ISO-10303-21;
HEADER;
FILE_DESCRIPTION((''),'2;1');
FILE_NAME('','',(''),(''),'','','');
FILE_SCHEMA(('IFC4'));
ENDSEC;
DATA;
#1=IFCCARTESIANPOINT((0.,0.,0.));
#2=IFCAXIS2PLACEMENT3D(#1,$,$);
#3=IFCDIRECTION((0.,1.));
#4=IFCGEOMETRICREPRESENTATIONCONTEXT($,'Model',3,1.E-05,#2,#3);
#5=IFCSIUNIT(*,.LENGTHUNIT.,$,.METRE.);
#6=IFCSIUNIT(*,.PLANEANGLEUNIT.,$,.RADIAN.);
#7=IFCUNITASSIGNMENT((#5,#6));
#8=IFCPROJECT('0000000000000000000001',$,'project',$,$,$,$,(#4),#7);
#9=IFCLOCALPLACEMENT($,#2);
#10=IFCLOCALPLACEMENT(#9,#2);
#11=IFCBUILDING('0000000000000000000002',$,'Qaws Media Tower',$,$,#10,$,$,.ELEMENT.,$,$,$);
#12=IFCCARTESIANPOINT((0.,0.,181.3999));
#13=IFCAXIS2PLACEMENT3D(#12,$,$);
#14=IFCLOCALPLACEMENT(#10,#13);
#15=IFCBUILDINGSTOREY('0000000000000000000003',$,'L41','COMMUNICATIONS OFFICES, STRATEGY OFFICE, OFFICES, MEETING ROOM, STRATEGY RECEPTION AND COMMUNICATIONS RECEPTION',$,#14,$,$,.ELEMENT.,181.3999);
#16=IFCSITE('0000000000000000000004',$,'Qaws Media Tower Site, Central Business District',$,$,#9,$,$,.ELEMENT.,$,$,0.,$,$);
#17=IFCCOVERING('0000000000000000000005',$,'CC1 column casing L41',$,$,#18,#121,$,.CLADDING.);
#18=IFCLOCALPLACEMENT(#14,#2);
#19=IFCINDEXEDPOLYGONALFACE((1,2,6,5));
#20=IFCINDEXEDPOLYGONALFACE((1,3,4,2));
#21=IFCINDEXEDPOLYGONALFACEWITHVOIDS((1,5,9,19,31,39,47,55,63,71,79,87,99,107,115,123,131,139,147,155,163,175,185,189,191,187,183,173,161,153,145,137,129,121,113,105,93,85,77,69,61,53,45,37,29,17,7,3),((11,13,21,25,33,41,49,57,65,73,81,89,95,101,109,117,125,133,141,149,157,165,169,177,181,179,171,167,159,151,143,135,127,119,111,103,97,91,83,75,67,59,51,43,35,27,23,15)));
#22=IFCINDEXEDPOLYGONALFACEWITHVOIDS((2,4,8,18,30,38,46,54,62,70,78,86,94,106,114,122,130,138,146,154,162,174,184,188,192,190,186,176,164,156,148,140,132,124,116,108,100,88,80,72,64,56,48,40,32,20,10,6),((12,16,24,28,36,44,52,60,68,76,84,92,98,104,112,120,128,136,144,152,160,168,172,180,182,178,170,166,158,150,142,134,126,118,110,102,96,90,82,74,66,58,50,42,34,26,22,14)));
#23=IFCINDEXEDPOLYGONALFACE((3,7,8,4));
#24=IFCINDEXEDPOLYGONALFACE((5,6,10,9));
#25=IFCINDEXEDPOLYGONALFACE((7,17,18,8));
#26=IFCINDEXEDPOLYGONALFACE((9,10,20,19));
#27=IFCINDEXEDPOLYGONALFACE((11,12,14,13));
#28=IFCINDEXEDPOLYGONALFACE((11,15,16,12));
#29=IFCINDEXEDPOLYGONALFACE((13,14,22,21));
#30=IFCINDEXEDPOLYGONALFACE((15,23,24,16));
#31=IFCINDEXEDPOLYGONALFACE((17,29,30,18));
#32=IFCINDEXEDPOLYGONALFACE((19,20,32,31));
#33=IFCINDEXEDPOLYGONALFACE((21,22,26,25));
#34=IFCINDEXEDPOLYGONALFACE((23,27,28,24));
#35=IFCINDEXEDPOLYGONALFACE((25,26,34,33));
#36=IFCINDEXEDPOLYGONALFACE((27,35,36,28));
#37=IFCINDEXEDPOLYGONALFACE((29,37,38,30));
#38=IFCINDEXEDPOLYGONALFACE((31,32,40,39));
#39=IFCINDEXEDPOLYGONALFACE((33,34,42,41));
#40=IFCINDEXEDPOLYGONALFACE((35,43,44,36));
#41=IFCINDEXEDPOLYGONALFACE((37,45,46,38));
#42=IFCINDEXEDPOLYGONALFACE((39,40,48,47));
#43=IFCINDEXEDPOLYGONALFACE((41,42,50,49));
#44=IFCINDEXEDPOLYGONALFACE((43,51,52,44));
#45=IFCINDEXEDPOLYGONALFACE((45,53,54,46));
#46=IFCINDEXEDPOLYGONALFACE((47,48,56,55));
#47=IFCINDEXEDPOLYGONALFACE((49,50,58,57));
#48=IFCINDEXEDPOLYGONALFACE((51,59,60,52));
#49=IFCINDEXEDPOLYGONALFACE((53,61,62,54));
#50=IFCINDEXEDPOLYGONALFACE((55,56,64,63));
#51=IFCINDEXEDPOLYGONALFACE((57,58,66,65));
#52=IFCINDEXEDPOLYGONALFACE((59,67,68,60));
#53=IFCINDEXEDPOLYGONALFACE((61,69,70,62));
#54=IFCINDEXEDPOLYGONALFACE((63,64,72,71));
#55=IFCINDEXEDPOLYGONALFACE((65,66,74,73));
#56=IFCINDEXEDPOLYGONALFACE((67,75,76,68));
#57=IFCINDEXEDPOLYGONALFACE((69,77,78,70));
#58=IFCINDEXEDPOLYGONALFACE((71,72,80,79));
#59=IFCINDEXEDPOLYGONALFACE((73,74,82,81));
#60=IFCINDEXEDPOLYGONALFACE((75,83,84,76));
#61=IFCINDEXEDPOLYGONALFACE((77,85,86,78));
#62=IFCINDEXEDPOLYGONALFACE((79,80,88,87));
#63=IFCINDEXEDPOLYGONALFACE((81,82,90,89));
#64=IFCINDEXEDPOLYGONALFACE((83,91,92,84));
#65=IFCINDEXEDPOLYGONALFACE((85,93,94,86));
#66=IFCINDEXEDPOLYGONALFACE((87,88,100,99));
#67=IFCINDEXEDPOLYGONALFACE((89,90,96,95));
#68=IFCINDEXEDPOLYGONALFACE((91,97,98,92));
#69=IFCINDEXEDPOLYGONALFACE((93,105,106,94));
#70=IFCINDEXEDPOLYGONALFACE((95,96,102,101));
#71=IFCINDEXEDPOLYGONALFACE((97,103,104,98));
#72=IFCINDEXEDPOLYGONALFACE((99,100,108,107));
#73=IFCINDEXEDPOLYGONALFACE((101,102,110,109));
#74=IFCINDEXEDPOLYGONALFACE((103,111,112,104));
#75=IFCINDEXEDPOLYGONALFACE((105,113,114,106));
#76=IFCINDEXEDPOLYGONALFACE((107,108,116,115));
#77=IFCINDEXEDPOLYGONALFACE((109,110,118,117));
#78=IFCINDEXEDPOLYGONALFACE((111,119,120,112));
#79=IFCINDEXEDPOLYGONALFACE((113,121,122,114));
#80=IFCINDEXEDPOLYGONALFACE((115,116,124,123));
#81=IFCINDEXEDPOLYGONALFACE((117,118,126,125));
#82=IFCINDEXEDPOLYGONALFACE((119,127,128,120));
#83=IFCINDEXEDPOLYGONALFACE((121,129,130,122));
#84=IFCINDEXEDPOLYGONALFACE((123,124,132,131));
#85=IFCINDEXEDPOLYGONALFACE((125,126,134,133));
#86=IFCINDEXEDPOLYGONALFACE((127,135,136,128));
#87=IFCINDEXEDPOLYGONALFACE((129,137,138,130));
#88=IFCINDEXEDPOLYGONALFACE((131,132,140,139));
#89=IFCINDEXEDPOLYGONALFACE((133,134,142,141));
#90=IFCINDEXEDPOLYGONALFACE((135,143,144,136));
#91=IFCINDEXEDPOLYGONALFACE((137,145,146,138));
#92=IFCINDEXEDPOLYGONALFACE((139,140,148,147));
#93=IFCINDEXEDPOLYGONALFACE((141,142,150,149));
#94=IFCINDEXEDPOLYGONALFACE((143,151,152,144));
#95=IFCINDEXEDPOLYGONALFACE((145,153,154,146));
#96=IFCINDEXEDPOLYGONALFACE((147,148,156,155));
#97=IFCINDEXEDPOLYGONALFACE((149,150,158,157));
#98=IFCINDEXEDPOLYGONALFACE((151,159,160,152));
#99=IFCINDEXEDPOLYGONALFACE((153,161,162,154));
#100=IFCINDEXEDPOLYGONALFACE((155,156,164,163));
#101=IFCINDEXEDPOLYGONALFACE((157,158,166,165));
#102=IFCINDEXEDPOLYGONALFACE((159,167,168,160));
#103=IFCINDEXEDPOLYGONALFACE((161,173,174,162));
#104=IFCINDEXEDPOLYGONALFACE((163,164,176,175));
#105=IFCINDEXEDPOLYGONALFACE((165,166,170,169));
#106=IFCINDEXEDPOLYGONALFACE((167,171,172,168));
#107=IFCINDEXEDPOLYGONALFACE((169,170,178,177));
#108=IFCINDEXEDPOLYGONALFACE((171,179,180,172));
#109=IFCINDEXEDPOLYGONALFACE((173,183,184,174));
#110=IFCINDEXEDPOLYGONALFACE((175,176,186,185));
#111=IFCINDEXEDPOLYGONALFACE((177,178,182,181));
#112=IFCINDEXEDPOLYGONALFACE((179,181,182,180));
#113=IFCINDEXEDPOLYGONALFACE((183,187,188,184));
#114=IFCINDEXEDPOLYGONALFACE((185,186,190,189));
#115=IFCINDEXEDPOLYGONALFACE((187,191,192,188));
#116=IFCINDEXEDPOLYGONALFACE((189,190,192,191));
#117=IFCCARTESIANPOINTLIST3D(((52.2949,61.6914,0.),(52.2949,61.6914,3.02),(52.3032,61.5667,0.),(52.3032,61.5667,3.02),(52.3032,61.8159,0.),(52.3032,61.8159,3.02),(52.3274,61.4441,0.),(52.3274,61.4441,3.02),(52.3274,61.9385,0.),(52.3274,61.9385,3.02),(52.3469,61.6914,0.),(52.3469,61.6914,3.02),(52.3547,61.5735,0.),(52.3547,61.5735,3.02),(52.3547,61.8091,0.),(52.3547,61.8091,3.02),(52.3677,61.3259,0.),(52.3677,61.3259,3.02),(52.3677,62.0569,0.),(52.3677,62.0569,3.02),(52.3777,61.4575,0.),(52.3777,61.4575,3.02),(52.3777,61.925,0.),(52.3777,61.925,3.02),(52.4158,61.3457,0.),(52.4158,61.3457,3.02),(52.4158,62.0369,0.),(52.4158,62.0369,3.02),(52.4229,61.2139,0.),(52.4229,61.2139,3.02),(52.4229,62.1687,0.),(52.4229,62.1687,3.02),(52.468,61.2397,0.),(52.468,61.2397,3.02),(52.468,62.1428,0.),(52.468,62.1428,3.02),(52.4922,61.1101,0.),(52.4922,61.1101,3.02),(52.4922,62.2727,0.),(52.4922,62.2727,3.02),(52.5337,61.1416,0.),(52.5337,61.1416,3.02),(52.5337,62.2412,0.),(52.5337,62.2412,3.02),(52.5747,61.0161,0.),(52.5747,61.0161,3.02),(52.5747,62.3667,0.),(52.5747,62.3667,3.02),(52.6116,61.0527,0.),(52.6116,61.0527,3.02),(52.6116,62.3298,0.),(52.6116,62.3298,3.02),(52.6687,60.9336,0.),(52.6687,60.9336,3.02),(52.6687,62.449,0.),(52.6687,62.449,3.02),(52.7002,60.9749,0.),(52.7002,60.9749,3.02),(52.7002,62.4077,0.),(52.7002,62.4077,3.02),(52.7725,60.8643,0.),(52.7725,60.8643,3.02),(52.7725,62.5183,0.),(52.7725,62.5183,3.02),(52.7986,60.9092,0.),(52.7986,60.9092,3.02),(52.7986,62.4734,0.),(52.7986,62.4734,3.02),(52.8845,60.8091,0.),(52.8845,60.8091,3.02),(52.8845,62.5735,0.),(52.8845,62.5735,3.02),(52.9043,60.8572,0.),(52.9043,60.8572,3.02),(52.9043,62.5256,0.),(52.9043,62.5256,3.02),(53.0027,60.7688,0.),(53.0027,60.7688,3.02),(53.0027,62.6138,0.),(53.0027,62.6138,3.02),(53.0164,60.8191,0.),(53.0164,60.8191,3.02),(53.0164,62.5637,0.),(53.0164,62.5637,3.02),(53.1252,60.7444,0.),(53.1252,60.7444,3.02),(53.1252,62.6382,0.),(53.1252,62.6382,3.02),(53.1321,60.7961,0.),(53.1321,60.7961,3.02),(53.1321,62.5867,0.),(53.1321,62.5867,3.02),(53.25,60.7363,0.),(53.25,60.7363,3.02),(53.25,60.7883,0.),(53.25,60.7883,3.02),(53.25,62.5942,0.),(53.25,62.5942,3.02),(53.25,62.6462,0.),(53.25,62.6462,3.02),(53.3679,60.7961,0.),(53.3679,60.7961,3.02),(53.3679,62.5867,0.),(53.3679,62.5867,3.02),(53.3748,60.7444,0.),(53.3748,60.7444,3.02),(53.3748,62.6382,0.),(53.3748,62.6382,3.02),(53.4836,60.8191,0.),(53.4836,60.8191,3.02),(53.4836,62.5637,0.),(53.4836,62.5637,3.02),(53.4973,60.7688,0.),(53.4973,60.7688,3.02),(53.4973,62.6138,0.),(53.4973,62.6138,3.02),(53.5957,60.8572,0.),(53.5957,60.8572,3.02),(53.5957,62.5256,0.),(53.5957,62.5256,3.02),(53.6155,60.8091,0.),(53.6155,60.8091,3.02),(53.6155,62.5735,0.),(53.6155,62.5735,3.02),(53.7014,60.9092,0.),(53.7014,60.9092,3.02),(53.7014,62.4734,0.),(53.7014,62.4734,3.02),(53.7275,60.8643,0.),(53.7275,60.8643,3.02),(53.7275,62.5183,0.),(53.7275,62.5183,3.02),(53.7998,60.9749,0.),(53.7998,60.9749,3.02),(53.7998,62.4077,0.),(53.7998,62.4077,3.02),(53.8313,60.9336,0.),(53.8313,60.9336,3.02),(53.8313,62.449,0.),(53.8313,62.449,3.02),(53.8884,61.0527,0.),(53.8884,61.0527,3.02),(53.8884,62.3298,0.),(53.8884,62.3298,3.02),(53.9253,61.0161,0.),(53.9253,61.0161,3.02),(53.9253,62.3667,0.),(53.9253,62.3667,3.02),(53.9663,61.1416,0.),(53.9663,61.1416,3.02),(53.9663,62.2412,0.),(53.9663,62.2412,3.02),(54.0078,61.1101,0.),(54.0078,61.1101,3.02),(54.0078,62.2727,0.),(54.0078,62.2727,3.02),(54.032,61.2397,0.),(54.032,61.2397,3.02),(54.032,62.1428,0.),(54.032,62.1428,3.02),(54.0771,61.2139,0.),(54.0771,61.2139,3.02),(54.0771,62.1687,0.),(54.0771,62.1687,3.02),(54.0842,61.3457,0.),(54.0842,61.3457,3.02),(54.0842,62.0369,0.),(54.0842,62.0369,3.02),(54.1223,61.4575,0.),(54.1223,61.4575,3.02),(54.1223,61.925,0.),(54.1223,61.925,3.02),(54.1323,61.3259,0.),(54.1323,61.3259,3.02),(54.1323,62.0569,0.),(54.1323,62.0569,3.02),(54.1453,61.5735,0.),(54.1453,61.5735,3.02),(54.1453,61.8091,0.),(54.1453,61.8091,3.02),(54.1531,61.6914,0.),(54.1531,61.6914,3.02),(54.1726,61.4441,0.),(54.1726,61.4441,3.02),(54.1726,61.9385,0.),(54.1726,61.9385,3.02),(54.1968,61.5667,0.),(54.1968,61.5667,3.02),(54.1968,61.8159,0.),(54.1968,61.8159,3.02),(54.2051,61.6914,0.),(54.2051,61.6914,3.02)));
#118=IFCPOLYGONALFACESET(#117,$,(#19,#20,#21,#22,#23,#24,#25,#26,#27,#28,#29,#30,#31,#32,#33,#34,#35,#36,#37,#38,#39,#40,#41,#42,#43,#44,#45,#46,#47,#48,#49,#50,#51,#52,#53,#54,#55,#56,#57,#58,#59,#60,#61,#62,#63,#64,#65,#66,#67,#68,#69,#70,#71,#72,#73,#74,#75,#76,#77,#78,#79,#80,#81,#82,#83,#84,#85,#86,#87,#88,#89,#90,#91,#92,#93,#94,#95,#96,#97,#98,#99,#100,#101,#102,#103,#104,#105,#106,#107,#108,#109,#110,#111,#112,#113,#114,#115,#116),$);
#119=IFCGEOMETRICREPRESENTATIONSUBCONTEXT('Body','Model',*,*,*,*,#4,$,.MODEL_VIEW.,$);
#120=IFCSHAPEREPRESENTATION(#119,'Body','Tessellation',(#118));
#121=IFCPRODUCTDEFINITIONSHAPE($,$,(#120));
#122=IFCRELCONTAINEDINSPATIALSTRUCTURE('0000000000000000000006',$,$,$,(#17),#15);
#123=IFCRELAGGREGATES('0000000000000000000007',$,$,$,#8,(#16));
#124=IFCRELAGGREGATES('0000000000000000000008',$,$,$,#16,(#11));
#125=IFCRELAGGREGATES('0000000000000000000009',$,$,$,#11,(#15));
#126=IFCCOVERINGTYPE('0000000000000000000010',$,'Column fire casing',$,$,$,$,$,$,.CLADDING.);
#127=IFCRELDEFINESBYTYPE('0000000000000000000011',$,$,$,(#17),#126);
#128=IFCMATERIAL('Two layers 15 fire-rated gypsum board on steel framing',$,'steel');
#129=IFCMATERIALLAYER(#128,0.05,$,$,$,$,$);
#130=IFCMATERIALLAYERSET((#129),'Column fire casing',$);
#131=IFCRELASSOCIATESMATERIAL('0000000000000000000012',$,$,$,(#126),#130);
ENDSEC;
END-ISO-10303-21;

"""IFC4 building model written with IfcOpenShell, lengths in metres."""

from ifc_helpers import new_model, si_unit, direction, frame, origin, place, context, subcontext, project, spatial, polyline, outline, extrude, material, layer, layer_set, type_object, element, save


model = new_model("IFC4")

# Units and contexts
model_context = context("Model", 3, precision=1e-05, world=origin(), true_north=direction((0.0, 1.0)))
body_context = subcontext(model_context, "Body", "Model", "MODEL_VIEW")
ifc_project = project(units=[si_unit("LENGTHUNIT", "METRE"), si_unit("PLANEANGLEUNIT", "RADIAN")], contexts=[model_context])

# Site, building, storey
site_placement = place(None, origin())
site = spatial("IfcSite", under=ifc_project, at=site_placement, Name="Qaws Media Tower Site, Central Business District", CompositionType="ELEMENT", RefElevation=0.0)
building_placement = place(site_placement, origin())
building = spatial("IfcBuilding", under=site, at=building_placement, Name="Qaws Media Tower", CompositionType="ELEMENT")
storey_placement = place(building_placement, frame((0.0, 0.0, 181.3999)))
storey = spatial("IfcBuildingStorey", under=building, at=storey_placement, Name="L41", Description="COMMUNICATIONS OFFICES, STRATEGY OFFICE, OFFICES, MEETING ROOM, STRATEGY RECEPTION AND COMMUNICATIONS RECEPTION", CompositionType="ELEMENT", Elevation=181.3999)

# Covering
ifc_material_1 = material(Name="Two layers 15 fire-rated gypsum board on steel framing", Category="steel")
ifc_layer_1 = layer(ifc_material_1, 0.05)
ifc_layer_set_1 = layer_set([ifc_layer_1], Name="Column fire casing")
covering_type = type_object("IfcCoveringType", Name="Column fire casing", PredefinedType="CLADDING", material=ifc_layer_set_1)
covering_1_placement = place(storey_placement, origin())
element("IfcCovering", 1, at=covering_1_placement, inside=storey, type_object=covering_type, Name="CC1 column casing L41", PredefinedType="CLADDING", context=body_context, shape_type="SweptSolid", body=[
    extrude(outline(polyline([(54.2051, 61.6914), (54.1968, 61.5667), (54.1726, 61.4441), (54.1323, 61.3259), (54.0771, 61.2139), (54.0078, 61.1101), (53.9253, 61.0161), (53.8313, 60.9336), (53.7275, 60.8643), (53.6155, 60.8091), (53.4973, 60.7688), (53.3748, 60.7444), (53.25, 60.7363), (53.1252, 60.7444), (53.0027, 60.7688), (52.8845, 60.8091), (52.7725, 60.8643), (52.6687, 60.9336), (52.5747, 61.0161), (52.4922, 61.1101), (52.4229, 61.2139), (52.3677, 61.3259), (52.3274, 61.4441), (52.3032, 61.5667), (52.2949, 61.6914), (52.3032, 61.8159), (52.3274, 61.9385), (52.3677, 62.0569), (52.4229, 62.1687), (52.4922, 62.2727), (52.5747, 62.3667), (52.6687, 62.449), (52.7725, 62.5183), (52.8845, 62.5735), (53.0027, 62.6138), (53.1252, 62.6382), (53.25, 62.6462), (53.3748, 62.6382), (53.4973, 62.6138), (53.6155, 62.5735), (53.7275, 62.5183), (53.8313, 62.449), (53.9253, 62.3667), (54.0078, 62.2727), (54.0771, 62.1687), (54.1323, 62.0569), (54.1726, 61.9385), (54.1968, 61.8159), (54.2051, 61.6914)]), holes=[polyline([(54.1531, 61.6914), (54.1453, 61.5735), (54.1223, 61.4575), (54.0842, 61.3457), (54.032, 61.2397), (53.9663, 61.1416), (53.8884, 61.0527), (53.7998, 60.9749), (53.7014, 60.9092), (53.5957, 60.8572), (53.4836, 60.8191), (53.3679, 60.7961), (53.25, 60.7883), (53.1321, 60.7961), (53.0164, 60.8191), (52.9043, 60.8572), (52.7986, 60.9092), (52.7002, 60.9749), (52.6116, 61.0527), (52.5337, 61.1416), (52.468, 61.2397), (52.4158, 61.3457), (52.3777, 61.4575), (52.3547, 61.5735), (52.3469, 61.6914), (52.3547, 61.8091), (52.3777, 61.925), (52.4158, 62.0369), (52.468, 62.1428), (52.5337, 62.2412), (52.6116, 62.3298), (52.7002, 62.4077), (52.7986, 62.4734), (52.9043, 62.5256), (53.0164, 62.5637), (53.1321, 62.5867), (53.25, 62.5942), (53.3679, 62.5867), (53.4836, 62.5637), (53.5957, 62.5256), (53.7014, 62.4734), (53.7998, 62.4077), (53.8884, 62.3298), (53.9663, 62.2412), (54.032, 62.1428), (54.0842, 62.0369), (54.1223, 61.925), (54.1453, 61.8091), (54.1531, 61.6914)])]), origin(), (0.0, 0.0, 1.0), 3.02),
])

save(model, "model.ifc")
